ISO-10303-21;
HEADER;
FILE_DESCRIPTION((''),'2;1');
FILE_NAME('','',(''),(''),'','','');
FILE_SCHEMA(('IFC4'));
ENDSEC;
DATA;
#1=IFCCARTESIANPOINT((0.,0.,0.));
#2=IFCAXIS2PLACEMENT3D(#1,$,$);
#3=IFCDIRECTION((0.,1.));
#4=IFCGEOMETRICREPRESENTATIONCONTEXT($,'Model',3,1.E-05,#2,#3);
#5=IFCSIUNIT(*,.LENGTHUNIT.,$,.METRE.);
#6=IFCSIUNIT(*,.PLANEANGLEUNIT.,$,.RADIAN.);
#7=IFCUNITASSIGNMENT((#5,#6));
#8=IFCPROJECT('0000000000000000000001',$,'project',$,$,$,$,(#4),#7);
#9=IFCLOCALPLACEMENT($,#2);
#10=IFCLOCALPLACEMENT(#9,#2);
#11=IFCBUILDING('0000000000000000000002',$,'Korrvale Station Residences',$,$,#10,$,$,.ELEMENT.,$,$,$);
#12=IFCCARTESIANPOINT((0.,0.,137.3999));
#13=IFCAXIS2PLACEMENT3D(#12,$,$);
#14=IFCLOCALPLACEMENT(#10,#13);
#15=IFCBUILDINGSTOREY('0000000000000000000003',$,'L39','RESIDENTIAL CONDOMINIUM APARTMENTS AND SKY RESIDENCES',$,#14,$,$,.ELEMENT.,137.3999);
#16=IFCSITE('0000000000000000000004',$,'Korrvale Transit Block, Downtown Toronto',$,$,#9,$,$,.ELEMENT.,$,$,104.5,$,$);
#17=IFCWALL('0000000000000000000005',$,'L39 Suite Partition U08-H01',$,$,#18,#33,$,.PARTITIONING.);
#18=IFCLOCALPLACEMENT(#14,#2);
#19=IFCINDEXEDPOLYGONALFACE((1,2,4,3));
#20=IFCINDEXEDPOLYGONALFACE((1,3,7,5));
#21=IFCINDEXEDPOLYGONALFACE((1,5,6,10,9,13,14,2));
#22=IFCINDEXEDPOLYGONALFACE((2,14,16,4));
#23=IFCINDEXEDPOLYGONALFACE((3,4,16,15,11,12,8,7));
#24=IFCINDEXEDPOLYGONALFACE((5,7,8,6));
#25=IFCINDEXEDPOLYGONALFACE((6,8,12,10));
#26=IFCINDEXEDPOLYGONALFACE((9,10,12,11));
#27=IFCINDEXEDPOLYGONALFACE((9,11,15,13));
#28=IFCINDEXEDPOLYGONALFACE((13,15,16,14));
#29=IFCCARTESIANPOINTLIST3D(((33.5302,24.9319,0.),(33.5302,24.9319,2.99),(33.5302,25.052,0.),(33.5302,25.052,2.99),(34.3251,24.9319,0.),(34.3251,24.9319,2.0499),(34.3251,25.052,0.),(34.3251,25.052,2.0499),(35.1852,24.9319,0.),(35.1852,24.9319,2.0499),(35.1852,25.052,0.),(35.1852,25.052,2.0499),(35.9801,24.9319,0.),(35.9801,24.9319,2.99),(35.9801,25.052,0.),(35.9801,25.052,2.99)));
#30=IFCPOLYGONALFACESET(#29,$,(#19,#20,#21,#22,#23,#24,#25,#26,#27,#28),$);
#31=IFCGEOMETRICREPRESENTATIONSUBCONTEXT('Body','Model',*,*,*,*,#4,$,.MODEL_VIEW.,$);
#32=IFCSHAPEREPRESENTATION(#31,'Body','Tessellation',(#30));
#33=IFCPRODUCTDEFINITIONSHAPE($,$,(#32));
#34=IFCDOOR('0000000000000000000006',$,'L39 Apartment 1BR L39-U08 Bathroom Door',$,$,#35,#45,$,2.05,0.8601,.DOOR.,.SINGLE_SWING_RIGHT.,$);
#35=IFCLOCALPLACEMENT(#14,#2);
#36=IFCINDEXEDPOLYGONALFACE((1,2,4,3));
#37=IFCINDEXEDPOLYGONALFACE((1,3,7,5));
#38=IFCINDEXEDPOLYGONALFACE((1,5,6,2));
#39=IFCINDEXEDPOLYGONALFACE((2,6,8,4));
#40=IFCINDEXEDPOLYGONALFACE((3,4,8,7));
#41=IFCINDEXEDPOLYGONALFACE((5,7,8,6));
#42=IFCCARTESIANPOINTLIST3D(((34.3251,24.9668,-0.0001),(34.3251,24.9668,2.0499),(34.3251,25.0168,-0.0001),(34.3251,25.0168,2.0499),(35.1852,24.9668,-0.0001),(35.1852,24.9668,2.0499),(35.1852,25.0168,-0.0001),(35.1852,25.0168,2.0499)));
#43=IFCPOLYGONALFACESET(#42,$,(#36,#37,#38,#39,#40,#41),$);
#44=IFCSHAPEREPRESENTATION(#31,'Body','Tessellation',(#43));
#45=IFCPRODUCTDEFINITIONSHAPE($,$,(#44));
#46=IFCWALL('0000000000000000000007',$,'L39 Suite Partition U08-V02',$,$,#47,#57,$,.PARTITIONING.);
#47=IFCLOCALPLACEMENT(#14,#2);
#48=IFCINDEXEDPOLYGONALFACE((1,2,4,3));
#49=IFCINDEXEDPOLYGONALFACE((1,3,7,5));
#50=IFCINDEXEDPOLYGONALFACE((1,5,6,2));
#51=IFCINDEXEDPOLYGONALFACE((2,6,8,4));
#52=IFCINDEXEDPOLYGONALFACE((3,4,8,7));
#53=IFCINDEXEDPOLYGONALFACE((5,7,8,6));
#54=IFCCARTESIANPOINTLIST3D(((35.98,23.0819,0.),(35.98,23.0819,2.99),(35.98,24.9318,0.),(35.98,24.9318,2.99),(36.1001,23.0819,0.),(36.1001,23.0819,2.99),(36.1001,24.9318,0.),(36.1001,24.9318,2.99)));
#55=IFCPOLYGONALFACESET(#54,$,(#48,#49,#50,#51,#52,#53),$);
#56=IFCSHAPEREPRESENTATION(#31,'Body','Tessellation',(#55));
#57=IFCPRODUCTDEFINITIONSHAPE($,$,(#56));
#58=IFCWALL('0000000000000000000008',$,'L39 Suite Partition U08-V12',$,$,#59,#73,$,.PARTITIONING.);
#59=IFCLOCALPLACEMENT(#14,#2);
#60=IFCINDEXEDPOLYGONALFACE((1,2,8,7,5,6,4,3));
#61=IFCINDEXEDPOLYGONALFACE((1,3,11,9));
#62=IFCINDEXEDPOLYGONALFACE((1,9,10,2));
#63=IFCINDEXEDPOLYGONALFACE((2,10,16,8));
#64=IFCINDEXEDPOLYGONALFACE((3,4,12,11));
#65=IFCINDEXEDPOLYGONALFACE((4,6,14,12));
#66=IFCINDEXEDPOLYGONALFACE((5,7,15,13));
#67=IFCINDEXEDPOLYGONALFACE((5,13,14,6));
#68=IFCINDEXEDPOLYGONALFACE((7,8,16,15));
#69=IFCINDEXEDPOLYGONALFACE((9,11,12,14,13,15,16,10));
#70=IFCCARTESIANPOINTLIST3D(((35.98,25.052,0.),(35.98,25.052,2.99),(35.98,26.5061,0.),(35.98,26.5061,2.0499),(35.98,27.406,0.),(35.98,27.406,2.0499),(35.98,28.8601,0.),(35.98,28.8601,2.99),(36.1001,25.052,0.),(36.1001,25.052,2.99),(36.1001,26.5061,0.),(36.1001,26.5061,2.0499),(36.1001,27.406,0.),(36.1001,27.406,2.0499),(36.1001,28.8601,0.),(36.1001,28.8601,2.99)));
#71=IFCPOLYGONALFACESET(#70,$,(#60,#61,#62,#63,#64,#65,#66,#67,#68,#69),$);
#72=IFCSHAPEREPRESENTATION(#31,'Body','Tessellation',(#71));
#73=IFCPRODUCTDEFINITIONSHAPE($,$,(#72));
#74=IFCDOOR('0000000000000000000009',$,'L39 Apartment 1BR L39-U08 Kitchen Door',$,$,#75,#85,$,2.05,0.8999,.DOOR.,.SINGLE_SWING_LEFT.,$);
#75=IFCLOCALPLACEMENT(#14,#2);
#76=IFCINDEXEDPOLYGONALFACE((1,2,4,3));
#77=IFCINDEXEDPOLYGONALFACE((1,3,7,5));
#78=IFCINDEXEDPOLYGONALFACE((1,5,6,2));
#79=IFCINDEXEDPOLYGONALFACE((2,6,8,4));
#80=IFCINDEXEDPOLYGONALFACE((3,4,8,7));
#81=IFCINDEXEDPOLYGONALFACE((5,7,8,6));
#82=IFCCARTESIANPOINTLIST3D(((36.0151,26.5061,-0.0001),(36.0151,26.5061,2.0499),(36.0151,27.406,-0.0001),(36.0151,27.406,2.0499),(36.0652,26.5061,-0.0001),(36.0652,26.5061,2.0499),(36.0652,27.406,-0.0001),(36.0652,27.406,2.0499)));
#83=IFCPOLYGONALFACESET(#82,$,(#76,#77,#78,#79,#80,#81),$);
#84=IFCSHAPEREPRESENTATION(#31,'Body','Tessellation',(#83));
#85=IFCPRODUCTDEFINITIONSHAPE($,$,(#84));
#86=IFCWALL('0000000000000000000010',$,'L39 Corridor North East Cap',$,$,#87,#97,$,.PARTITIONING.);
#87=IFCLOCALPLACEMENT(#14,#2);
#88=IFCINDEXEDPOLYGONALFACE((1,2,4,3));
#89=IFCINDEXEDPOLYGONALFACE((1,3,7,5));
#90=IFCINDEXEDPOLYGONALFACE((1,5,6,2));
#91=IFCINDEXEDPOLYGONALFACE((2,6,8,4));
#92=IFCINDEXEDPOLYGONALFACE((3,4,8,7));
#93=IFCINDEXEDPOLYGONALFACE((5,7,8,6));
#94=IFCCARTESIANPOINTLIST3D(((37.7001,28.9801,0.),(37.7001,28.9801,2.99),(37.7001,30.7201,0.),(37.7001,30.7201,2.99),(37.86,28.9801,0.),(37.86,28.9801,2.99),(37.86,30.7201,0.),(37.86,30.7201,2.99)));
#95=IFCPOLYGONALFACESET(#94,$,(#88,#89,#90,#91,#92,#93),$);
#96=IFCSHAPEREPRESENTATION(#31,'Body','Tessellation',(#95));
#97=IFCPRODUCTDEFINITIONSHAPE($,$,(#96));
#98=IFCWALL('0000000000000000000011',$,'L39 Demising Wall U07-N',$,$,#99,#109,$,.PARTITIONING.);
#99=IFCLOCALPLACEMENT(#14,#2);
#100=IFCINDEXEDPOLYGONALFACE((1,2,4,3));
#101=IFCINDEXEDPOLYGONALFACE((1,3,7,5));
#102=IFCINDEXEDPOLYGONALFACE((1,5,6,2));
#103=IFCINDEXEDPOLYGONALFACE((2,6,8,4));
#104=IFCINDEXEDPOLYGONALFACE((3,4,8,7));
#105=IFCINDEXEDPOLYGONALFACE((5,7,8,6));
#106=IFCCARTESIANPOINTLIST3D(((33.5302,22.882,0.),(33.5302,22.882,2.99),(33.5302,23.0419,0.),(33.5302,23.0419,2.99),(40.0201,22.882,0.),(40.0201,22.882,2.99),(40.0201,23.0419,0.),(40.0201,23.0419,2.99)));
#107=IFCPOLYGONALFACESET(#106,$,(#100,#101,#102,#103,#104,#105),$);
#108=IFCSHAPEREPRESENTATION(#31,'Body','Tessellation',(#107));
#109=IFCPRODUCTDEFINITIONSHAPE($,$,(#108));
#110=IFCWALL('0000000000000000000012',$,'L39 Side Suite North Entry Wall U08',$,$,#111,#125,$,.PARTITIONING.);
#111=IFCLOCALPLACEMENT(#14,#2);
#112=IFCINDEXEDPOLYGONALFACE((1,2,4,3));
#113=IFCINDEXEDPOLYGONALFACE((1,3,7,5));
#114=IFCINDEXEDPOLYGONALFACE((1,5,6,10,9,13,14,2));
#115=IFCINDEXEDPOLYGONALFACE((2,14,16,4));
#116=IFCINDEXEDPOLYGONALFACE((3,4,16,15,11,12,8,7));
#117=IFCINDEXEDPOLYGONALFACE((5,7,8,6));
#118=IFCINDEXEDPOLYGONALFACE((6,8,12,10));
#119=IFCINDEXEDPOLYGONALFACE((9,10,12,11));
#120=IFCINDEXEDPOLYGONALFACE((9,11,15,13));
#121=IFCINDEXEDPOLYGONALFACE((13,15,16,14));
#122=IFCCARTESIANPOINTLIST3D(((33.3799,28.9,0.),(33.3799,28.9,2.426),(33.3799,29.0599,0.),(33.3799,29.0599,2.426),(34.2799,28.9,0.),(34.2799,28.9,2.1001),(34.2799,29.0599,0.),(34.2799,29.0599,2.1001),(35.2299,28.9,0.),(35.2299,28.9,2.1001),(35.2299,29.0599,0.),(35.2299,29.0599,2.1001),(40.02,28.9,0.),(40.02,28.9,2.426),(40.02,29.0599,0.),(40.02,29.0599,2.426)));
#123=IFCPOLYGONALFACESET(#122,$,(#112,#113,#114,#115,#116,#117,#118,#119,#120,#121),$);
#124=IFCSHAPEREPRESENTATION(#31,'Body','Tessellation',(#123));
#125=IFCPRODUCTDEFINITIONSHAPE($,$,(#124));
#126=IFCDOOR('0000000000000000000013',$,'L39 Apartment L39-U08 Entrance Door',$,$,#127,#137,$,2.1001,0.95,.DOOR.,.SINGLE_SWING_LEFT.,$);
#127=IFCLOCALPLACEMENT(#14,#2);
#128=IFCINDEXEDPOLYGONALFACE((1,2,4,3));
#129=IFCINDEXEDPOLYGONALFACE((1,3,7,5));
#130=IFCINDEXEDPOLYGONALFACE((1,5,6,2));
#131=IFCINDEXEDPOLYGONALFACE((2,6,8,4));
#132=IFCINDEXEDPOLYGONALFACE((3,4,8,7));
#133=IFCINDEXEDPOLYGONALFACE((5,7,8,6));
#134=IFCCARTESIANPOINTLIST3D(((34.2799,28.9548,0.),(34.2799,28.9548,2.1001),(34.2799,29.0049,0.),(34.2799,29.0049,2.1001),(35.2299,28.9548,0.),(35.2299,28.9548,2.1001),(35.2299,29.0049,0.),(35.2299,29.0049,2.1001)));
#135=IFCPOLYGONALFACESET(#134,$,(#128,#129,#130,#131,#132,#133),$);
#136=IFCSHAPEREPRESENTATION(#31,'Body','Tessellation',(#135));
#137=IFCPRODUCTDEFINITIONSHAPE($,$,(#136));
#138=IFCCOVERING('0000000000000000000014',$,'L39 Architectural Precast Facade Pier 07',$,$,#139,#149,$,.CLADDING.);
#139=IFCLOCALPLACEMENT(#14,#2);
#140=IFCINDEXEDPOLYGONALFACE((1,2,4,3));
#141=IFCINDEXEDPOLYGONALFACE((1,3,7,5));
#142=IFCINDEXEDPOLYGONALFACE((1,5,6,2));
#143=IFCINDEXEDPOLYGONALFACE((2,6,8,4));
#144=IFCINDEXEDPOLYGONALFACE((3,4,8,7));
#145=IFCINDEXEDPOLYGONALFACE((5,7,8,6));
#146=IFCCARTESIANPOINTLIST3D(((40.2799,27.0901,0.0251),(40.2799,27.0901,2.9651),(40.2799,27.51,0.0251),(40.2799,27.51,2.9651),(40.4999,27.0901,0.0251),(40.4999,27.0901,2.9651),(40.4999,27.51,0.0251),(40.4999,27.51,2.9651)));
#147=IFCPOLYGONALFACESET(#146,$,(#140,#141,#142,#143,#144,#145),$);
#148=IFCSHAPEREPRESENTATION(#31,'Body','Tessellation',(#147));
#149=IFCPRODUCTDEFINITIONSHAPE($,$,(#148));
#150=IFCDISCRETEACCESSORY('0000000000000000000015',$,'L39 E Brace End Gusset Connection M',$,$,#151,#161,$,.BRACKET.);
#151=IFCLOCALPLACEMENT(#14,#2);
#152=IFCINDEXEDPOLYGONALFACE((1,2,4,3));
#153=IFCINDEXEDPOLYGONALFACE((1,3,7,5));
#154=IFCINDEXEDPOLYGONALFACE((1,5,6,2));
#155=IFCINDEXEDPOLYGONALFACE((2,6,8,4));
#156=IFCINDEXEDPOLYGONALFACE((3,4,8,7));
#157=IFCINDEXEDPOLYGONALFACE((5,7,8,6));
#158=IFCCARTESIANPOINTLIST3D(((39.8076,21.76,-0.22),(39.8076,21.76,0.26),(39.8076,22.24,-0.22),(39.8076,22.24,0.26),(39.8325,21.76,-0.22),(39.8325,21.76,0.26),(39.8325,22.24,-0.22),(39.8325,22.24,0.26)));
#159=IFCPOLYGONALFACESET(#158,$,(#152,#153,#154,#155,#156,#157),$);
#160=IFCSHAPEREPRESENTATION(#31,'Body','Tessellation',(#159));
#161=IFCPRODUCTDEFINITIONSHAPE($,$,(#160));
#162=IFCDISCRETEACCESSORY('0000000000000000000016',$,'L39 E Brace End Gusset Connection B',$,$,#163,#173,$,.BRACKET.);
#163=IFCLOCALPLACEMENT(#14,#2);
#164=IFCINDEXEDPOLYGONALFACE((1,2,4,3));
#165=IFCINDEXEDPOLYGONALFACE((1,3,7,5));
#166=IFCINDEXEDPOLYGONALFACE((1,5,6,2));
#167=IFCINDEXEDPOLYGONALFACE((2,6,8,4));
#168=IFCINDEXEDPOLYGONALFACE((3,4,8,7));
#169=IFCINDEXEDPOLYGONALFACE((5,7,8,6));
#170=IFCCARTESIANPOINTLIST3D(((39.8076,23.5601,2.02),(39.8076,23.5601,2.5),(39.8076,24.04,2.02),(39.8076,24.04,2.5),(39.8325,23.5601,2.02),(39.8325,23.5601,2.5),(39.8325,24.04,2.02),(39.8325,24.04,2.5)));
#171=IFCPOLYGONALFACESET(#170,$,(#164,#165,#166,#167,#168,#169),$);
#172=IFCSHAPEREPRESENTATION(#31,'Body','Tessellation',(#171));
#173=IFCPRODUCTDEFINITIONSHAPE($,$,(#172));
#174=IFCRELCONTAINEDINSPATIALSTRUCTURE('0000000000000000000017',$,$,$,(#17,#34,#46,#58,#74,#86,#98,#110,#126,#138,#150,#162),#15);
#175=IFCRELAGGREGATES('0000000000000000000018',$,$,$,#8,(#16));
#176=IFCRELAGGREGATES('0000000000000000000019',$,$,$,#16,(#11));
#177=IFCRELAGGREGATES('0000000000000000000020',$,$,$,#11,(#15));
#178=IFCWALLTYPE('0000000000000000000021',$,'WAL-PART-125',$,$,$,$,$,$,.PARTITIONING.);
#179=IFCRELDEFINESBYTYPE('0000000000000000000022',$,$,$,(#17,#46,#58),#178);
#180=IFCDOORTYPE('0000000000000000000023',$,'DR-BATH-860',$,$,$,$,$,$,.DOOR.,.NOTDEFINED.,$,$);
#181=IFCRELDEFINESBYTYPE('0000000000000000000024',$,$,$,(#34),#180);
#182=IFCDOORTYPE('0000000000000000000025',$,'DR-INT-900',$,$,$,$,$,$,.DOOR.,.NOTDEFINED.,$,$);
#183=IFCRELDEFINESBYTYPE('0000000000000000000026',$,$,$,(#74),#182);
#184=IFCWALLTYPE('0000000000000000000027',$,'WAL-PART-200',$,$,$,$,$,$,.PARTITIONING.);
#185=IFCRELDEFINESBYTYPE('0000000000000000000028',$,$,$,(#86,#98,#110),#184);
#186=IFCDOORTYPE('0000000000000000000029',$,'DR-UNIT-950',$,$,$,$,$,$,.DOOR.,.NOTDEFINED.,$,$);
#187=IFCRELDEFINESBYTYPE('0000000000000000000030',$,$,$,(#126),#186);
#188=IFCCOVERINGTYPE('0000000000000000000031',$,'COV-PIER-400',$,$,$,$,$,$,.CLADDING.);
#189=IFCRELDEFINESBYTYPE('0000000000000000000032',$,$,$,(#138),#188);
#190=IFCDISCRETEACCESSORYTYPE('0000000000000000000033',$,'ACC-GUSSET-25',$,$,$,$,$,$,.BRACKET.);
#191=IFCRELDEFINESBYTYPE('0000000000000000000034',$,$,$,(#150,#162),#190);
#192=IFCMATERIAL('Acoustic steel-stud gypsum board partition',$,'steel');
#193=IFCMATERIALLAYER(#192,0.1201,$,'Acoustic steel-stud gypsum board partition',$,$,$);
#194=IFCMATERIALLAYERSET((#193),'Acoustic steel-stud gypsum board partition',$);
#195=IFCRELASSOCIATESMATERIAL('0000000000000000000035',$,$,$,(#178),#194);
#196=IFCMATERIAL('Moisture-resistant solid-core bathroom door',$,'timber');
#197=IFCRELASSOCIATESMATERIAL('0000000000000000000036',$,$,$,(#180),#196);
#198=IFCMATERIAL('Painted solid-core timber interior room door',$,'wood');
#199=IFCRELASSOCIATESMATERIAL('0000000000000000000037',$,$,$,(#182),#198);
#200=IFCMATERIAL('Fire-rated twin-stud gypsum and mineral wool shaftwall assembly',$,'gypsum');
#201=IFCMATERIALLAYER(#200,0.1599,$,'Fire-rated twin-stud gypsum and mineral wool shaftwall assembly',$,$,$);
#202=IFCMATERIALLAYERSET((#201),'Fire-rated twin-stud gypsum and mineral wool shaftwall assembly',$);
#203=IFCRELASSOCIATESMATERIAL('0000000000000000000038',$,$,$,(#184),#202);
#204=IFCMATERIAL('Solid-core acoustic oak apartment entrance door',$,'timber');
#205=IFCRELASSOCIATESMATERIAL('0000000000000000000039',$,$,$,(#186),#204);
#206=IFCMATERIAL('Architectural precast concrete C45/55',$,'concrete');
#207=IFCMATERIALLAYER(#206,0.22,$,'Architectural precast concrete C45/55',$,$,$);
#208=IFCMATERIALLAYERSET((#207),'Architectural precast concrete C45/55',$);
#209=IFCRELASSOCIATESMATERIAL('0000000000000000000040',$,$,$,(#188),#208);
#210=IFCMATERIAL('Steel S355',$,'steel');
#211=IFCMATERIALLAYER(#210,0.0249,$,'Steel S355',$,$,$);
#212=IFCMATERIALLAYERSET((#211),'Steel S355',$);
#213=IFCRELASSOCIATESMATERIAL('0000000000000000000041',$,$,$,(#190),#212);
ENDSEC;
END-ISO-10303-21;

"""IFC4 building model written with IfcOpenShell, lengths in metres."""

from ifc_helpers import new_model, si_unit, direction, frame, frame_2d, origin, origin_2d, place, context, subcontext, project, spatial, rectangle, extrude, material, layer, layer_set, type_object, element, fill, save


model = new_model("IFC4")

# Units and contexts
model_context = context("Model", 3, precision=1e-05, world=origin(), true_north=direction((0.0, 1.0)))
body_context = subcontext(model_context, "Body", "Model", "MODEL_VIEW")
ifc_project = project(units=[si_unit("LENGTHUNIT", "METRE"), si_unit("PLANEANGLEUNIT", "RADIAN")], contexts=[model_context])

# Site, building, storey
site_placement = place(None, origin())
site = spatial("IfcSite", under=ifc_project, at=site_placement, Name="Korrvale Transit Block, Downtown Toronto", CompositionType="ELEMENT", RefElevation=104.5)
building_placement = place(site_placement, origin())
building = spatial("IfcBuilding", under=site, at=building_placement, Name="Korrvale Station Residences", CompositionType="ELEMENT")
storey_placement = place(building_placement, frame((0.0, 0.0, 137.3999)))
storey = spatial("IfcBuildingStorey", under=building, at=storey_placement, Name="L39", Description="RESIDENTIAL CONDOMINIUM APARTMENTS AND SKY RESIDENCES", CompositionType="ELEMENT", Elevation=137.3999)

# Shared definitions
ifc_material_1 = material(Name="Steel S355", Category="steel")

# Wall, opening, door
ifc_material_2 = material(Name="Acoustic steel-stud gypsum board partition", Category="steel")
ifc_layer_1 = layer(ifc_material_2, 0.1201, Name="Acoustic steel-stud gypsum board partition")
ifc_layer_set_1 = layer_set([ifc_layer_1], Name="Acoustic steel-stud gypsum board partition")
wall_type_1 = type_object("IfcWallType", Name="WAL-PART-125", PredefinedType="PARTITIONING", material=ifc_layer_set_1)
wall_1_placement = place(storey_placement, frame((33.53, 24.9919, 0.0), z_axis=(0.0, 0.0, 1.0), x_axis=(1.0, 0.0, 0.0)))
wall_1 = element("IfcWall", 1, at=wall_1_placement, inside=storey, type_object=wall_type_1, Name="L39 Suite Partition U08-H01", PredefinedType="PARTITIONING", context=body_context, shape_type="SweptSolid", body=[
    extrude(rectangle(XDim=2.45, YDim=0.1201, at=frame_2d((1.2251, 0.0))), origin(), (0.0, 0.0, 1.0), 2.99),
])
opening_1_placement = place(wall_1_placement, frame((0.7949, 0.0, 0.0)))
opening_1 = element("IfcOpeningElement", 2, at=opening_1_placement, cuts=wall_1, PredefinedType="OPENING", context=body_context, shape_type="SweptSolid", body=[
    extrude(rectangle(XDim=0.8601, YDim=2.05, at=frame_2d((0.4302, 1.0249))), frame((0.0, 0.0701, 0.0), z_axis=(0.0, -1.0, 0.0), x_axis=(1.0, 0.0, 0.0)), (0.0, 0.0, 1.0), 0.1401),
])
ifc_material_3 = material(Name="Moisture-resistant solid-core bathroom door", Category="timber")
door_type_1 = type_object("IfcDoorType", Name="DR-BATH-860", OperationType="NOTDEFINED", PredefinedType="DOOR", material=ifc_material_3)
door_1_placement = place(opening_1_placement, origin())
door_1 = element("IfcDoor", 3, at=door_1_placement, inside=storey, type_object=door_type_1, Name="L39 Apartment 1BR L39-U08 Bathroom Door", OperationType="SINGLE_SWING_RIGHT", OverallHeight=2.05, OverallWidth=0.8601, PredefinedType="DOOR", context=body_context, shape_type="SweptSolid", body=[
    extrude(rectangle(XDim=0.8601, YDim=2.05, at=frame_2d((0.4302, 1.0249))), frame((0.0, 0.0249, 0.0), z_axis=(0.0, -1.0, 0.0), x_axis=(1.0, 0.0, 0.0)), (0.0, 0.0, 1.0), 0.05),
])
fill(opening_1, door_1)

# Wall
wall_2_placement = place(storey_placement, frame((36.04, 23.082, 0.0), z_axis=(0.0, 0.0, 1.0), x_axis=(0.0, 1.0, 0.0)))
element("IfcWall", 4, at=wall_2_placement, inside=storey, type_object=wall_type_1, Name="L39 Suite Partition U08-V02", PredefinedType="PARTITIONING", context=body_context, shape_type="SweptSolid", body=[
    extrude(rectangle(XDim=1.8499, YDim=0.1201, at=frame_2d((0.9248, 0.0))), origin(), (0.0, 0.0, 1.0), 2.99),
])

# Wall, opening, door
wall_3_placement = place(storey_placement, frame((36.04, 25.052, 0.0), z_axis=(0.0, 0.0, 1.0), x_axis=(0.0, 1.0, 0.0)))
wall_3 = element("IfcWall", 5, at=wall_3_placement, inside=storey, type_object=wall_type_1, Name="L39 Suite Partition U08-V12", PredefinedType="PARTITIONING", context=body_context, shape_type="SweptSolid", body=[
    extrude(rectangle(XDim=3.8081, YDim=0.1201, at=frame_2d((1.9041, 0.0))), origin(), (0.0, 0.0, 1.0), 2.99),
])
opening_2_placement = place(wall_3_placement, frame((1.4541, 0.0, 0.0)))
opening_2 = element("IfcOpeningElement", 6, at=opening_2_placement, cuts=wall_3, PredefinedType="OPENING", context=body_context, shape_type="SweptSolid", body=[
    extrude(rectangle(XDim=0.8999, YDim=2.05, at=frame_2d((0.45, 1.0249))), frame((0.0, 0.0701, 0.0), z_axis=(0.0, -1.0, 0.0), x_axis=(1.0, 0.0, 0.0)), (0.0, 0.0, 1.0), 0.1401),
])
ifc_material_4 = material(Name="Painted solid-core timber interior room door", Category="wood")
door_type_2 = type_object("IfcDoorType", Name="DR-INT-900", OperationType="NOTDEFINED", PredefinedType="DOOR", material=ifc_material_4)
door_2_placement = place(opening_2_placement, origin())
door_2 = element("IfcDoor", 7, at=door_2_placement, inside=storey, type_object=door_type_2, Name="L39 Apartment 1BR L39-U08 Kitchen Door", OperationType="SINGLE_SWING_LEFT", OverallHeight=2.05, OverallWidth=0.8999, PredefinedType="DOOR", context=body_context, shape_type="SweptSolid", body=[
    extrude(rectangle(XDim=0.8999, YDim=2.05, at=frame_2d((0.45, 1.0249))), frame((0.0, 0.0249, 0.0), z_axis=(0.0, -1.0, 0.0), x_axis=(1.0, 0.0, 0.0)), (0.0, 0.0, 1.0), 0.05),
])
fill(opening_2, door_2)

# Walls
ifc_material_5 = material(Name="Fire-rated twin-stud gypsum and mineral wool shaftwall assembly", Category="gypsum")
ifc_layer_2 = layer(ifc_material_5, 0.1599, Name="Fire-rated twin-stud gypsum and mineral wool shaftwall assembly")
ifc_layer_set_2 = layer_set([ifc_layer_2], Name="Fire-rated twin-stud gypsum and mineral wool shaftwall assembly")
wall_type_2 = type_object("IfcWallType", Name="WAL-PART-200", PredefinedType="PARTITIONING", material=ifc_layer_set_2)
wall_4_placement = place(storey_placement, frame((37.78, 28.98, 0.0), z_axis=(0.0, 0.0, 1.0), x_axis=(0.0, 1.0, 0.0)))
element("IfcWall", 8, at=wall_4_placement, inside=storey, type_object=wall_type_2, Name="L39 Corridor North East Cap", PredefinedType="PARTITIONING", context=body_context, shape_type="SweptSolid", body=[
    extrude(rectangle(XDim=1.74, YDim=0.1599, at=frame_2d((0.8701, 0.0))), origin(), (0.0, 0.0, 1.0), 2.99),
])
wall_5_placement = place(storey_placement, frame((33.53, 22.9619, 0.0), z_axis=(0.0, 0.0, 1.0), x_axis=(1.0, 0.0, 0.0)))
element("IfcWall", 9, at=wall_5_placement, inside=storey, type_object=wall_type_2, Name="L39 Demising Wall U07-N", PredefinedType="PARTITIONING", context=body_context, shape_type="SweptSolid", body=[
    extrude(rectangle(XDim=6.49, YDim=0.1599, at=frame_2d((3.2451, 0.0))), origin(), (0.0, 0.0, 1.0), 2.99),
])

# Wall, opening, door
wall_6_placement = place(storey_placement, frame((33.3799, 28.98, 0.0), z_axis=(0.0, 0.0, 1.0), x_axis=(1.0, 0.0, 0.0)))
wall_6 = element("IfcWall", 10, at=wall_6_placement, inside=storey, type_object=wall_type_2, Name="L39 Side Suite North Entry Wall U08", PredefinedType="PARTITIONING", context=body_context, shape_type="SweptSolid", body=[
    extrude(rectangle(XDim=6.6401, YDim=0.1599, at=frame_2d((3.3201, 0.0))), origin(), (0.0, 0.0, 1.0), 2.426),
])
opening_3_placement = place(wall_6_placement, frame((0.8999, 0.0, 0.0)))
opening_3 = element("IfcOpeningElement", 11, at=opening_3_placement, cuts=wall_6, PredefinedType="OPENING", context=body_context, shape_type="SweptSolid", body=[
    extrude(rectangle(XDim=0.95, YDim=2.1001, at=frame_2d((0.4751, 1.05))), frame((0.0, 0.0898, 0.0), z_axis=(0.0, -1.0, 0.0), x_axis=(1.0, 0.0, 0.0)), (0.0, 0.0, 1.0), 0.1799),
])
ifc_material_6 = material(Name="Solid-core acoustic oak apartment entrance door", Category="timber")
door_type_3 = type_object("IfcDoorType", Name="DR-UNIT-950", OperationType="NOTDEFINED", PredefinedType="DOOR", material=ifc_material_6)
door_3_placement = place(opening_3_placement, origin())
door_3 = element("IfcDoor", 12, at=door_3_placement, inside=storey, type_object=door_type_3, Name="L39 Apartment L39-U08 Entrance Door", OperationType="SINGLE_SWING_LEFT", OverallHeight=2.1001, OverallWidth=0.95, PredefinedType="DOOR", context=body_context, shape_type="SweptSolid", body=[
    extrude(rectangle(XDim=0.95, YDim=2.1001, at=frame_2d((0.4751, 1.05))), frame((0.0, 0.0249, 0.0), z_axis=(0.0, -1.0, 0.0), x_axis=(1.0, 0.0, 0.0)), (0.0, 0.0, 1.0), 0.05),
])
fill(opening_3, door_3)

# Covering
ifc_material_7 = material(Name="Architectural precast concrete C45/55", Category="concrete")
ifc_layer_3 = layer(ifc_material_7, 0.22, Name="Architectural precast concrete C45/55")
ifc_layer_set_3 = layer_set([ifc_layer_3], Name="Architectural precast concrete C45/55")
covering_type = type_object("IfcCoveringType", Name="COV-PIER-400", PredefinedType="CLADDING", material=ifc_layer_set_3)
covering_placement = place(storey_placement, frame((40.3899, 27.3, 0.0251), z_axis=(0.0, 0.0, 1.0), x_axis=(0.0, 1.0, 0.0)))
element("IfcCovering", 13, at=covering_placement, inside=storey, type_object=covering_type, Name="L39 Architectural Precast Facade Pier 07", PredefinedType="CLADDING", context=body_context, shape_type="SweptSolid", body=[
    extrude(rectangle(XDim=0.4199, YDim=0.22, at=origin_2d()), origin(), (0.0, 0.0, 1.0), 2.9399),
])

# Discrete accessories
ifc_layer_4 = layer(ifc_material_1, 0.0249, Name="Steel S355")
ifc_layer_set_4 = layer_set([ifc_layer_4], Name="Steel S355")
discrete_accessory_type = type_object("IfcDiscreteAccessoryType", Name="ACC-GUSSET-25", PredefinedType="BRACKET", material=ifc_layer_set_4)
for number, where, z_axis, x_axis, name in (
    (14, (39.8201, 22.0, -0.22), (0.0, 0.0, 1.0), (0.0, 1.0, 0.0), "L39 E Brace End Gusset Connection M"),
    (15, (39.8201, 23.8, 2.02), (0.0, 0.0, 1.0), (0.0, 1.0, 0.0), "L39 E Brace End Gusset Connection B"),
):
    element("IfcDiscreteAccessory", number, at=place(storey_placement, frame(where, z_axis=z_axis, x_axis=x_axis)), inside=storey, type_object=discrete_accessory_type, Name=name, PredefinedType="BRACKET", context=body_context, shape_type="SweptSolid", body=[
        extrude(rectangle(XDim=0.48, YDim=0.0249, at=origin_2d()), origin(), (0.0, 0.0, 1.0), 0.48),
    ])

save(model, "model.ifc")
